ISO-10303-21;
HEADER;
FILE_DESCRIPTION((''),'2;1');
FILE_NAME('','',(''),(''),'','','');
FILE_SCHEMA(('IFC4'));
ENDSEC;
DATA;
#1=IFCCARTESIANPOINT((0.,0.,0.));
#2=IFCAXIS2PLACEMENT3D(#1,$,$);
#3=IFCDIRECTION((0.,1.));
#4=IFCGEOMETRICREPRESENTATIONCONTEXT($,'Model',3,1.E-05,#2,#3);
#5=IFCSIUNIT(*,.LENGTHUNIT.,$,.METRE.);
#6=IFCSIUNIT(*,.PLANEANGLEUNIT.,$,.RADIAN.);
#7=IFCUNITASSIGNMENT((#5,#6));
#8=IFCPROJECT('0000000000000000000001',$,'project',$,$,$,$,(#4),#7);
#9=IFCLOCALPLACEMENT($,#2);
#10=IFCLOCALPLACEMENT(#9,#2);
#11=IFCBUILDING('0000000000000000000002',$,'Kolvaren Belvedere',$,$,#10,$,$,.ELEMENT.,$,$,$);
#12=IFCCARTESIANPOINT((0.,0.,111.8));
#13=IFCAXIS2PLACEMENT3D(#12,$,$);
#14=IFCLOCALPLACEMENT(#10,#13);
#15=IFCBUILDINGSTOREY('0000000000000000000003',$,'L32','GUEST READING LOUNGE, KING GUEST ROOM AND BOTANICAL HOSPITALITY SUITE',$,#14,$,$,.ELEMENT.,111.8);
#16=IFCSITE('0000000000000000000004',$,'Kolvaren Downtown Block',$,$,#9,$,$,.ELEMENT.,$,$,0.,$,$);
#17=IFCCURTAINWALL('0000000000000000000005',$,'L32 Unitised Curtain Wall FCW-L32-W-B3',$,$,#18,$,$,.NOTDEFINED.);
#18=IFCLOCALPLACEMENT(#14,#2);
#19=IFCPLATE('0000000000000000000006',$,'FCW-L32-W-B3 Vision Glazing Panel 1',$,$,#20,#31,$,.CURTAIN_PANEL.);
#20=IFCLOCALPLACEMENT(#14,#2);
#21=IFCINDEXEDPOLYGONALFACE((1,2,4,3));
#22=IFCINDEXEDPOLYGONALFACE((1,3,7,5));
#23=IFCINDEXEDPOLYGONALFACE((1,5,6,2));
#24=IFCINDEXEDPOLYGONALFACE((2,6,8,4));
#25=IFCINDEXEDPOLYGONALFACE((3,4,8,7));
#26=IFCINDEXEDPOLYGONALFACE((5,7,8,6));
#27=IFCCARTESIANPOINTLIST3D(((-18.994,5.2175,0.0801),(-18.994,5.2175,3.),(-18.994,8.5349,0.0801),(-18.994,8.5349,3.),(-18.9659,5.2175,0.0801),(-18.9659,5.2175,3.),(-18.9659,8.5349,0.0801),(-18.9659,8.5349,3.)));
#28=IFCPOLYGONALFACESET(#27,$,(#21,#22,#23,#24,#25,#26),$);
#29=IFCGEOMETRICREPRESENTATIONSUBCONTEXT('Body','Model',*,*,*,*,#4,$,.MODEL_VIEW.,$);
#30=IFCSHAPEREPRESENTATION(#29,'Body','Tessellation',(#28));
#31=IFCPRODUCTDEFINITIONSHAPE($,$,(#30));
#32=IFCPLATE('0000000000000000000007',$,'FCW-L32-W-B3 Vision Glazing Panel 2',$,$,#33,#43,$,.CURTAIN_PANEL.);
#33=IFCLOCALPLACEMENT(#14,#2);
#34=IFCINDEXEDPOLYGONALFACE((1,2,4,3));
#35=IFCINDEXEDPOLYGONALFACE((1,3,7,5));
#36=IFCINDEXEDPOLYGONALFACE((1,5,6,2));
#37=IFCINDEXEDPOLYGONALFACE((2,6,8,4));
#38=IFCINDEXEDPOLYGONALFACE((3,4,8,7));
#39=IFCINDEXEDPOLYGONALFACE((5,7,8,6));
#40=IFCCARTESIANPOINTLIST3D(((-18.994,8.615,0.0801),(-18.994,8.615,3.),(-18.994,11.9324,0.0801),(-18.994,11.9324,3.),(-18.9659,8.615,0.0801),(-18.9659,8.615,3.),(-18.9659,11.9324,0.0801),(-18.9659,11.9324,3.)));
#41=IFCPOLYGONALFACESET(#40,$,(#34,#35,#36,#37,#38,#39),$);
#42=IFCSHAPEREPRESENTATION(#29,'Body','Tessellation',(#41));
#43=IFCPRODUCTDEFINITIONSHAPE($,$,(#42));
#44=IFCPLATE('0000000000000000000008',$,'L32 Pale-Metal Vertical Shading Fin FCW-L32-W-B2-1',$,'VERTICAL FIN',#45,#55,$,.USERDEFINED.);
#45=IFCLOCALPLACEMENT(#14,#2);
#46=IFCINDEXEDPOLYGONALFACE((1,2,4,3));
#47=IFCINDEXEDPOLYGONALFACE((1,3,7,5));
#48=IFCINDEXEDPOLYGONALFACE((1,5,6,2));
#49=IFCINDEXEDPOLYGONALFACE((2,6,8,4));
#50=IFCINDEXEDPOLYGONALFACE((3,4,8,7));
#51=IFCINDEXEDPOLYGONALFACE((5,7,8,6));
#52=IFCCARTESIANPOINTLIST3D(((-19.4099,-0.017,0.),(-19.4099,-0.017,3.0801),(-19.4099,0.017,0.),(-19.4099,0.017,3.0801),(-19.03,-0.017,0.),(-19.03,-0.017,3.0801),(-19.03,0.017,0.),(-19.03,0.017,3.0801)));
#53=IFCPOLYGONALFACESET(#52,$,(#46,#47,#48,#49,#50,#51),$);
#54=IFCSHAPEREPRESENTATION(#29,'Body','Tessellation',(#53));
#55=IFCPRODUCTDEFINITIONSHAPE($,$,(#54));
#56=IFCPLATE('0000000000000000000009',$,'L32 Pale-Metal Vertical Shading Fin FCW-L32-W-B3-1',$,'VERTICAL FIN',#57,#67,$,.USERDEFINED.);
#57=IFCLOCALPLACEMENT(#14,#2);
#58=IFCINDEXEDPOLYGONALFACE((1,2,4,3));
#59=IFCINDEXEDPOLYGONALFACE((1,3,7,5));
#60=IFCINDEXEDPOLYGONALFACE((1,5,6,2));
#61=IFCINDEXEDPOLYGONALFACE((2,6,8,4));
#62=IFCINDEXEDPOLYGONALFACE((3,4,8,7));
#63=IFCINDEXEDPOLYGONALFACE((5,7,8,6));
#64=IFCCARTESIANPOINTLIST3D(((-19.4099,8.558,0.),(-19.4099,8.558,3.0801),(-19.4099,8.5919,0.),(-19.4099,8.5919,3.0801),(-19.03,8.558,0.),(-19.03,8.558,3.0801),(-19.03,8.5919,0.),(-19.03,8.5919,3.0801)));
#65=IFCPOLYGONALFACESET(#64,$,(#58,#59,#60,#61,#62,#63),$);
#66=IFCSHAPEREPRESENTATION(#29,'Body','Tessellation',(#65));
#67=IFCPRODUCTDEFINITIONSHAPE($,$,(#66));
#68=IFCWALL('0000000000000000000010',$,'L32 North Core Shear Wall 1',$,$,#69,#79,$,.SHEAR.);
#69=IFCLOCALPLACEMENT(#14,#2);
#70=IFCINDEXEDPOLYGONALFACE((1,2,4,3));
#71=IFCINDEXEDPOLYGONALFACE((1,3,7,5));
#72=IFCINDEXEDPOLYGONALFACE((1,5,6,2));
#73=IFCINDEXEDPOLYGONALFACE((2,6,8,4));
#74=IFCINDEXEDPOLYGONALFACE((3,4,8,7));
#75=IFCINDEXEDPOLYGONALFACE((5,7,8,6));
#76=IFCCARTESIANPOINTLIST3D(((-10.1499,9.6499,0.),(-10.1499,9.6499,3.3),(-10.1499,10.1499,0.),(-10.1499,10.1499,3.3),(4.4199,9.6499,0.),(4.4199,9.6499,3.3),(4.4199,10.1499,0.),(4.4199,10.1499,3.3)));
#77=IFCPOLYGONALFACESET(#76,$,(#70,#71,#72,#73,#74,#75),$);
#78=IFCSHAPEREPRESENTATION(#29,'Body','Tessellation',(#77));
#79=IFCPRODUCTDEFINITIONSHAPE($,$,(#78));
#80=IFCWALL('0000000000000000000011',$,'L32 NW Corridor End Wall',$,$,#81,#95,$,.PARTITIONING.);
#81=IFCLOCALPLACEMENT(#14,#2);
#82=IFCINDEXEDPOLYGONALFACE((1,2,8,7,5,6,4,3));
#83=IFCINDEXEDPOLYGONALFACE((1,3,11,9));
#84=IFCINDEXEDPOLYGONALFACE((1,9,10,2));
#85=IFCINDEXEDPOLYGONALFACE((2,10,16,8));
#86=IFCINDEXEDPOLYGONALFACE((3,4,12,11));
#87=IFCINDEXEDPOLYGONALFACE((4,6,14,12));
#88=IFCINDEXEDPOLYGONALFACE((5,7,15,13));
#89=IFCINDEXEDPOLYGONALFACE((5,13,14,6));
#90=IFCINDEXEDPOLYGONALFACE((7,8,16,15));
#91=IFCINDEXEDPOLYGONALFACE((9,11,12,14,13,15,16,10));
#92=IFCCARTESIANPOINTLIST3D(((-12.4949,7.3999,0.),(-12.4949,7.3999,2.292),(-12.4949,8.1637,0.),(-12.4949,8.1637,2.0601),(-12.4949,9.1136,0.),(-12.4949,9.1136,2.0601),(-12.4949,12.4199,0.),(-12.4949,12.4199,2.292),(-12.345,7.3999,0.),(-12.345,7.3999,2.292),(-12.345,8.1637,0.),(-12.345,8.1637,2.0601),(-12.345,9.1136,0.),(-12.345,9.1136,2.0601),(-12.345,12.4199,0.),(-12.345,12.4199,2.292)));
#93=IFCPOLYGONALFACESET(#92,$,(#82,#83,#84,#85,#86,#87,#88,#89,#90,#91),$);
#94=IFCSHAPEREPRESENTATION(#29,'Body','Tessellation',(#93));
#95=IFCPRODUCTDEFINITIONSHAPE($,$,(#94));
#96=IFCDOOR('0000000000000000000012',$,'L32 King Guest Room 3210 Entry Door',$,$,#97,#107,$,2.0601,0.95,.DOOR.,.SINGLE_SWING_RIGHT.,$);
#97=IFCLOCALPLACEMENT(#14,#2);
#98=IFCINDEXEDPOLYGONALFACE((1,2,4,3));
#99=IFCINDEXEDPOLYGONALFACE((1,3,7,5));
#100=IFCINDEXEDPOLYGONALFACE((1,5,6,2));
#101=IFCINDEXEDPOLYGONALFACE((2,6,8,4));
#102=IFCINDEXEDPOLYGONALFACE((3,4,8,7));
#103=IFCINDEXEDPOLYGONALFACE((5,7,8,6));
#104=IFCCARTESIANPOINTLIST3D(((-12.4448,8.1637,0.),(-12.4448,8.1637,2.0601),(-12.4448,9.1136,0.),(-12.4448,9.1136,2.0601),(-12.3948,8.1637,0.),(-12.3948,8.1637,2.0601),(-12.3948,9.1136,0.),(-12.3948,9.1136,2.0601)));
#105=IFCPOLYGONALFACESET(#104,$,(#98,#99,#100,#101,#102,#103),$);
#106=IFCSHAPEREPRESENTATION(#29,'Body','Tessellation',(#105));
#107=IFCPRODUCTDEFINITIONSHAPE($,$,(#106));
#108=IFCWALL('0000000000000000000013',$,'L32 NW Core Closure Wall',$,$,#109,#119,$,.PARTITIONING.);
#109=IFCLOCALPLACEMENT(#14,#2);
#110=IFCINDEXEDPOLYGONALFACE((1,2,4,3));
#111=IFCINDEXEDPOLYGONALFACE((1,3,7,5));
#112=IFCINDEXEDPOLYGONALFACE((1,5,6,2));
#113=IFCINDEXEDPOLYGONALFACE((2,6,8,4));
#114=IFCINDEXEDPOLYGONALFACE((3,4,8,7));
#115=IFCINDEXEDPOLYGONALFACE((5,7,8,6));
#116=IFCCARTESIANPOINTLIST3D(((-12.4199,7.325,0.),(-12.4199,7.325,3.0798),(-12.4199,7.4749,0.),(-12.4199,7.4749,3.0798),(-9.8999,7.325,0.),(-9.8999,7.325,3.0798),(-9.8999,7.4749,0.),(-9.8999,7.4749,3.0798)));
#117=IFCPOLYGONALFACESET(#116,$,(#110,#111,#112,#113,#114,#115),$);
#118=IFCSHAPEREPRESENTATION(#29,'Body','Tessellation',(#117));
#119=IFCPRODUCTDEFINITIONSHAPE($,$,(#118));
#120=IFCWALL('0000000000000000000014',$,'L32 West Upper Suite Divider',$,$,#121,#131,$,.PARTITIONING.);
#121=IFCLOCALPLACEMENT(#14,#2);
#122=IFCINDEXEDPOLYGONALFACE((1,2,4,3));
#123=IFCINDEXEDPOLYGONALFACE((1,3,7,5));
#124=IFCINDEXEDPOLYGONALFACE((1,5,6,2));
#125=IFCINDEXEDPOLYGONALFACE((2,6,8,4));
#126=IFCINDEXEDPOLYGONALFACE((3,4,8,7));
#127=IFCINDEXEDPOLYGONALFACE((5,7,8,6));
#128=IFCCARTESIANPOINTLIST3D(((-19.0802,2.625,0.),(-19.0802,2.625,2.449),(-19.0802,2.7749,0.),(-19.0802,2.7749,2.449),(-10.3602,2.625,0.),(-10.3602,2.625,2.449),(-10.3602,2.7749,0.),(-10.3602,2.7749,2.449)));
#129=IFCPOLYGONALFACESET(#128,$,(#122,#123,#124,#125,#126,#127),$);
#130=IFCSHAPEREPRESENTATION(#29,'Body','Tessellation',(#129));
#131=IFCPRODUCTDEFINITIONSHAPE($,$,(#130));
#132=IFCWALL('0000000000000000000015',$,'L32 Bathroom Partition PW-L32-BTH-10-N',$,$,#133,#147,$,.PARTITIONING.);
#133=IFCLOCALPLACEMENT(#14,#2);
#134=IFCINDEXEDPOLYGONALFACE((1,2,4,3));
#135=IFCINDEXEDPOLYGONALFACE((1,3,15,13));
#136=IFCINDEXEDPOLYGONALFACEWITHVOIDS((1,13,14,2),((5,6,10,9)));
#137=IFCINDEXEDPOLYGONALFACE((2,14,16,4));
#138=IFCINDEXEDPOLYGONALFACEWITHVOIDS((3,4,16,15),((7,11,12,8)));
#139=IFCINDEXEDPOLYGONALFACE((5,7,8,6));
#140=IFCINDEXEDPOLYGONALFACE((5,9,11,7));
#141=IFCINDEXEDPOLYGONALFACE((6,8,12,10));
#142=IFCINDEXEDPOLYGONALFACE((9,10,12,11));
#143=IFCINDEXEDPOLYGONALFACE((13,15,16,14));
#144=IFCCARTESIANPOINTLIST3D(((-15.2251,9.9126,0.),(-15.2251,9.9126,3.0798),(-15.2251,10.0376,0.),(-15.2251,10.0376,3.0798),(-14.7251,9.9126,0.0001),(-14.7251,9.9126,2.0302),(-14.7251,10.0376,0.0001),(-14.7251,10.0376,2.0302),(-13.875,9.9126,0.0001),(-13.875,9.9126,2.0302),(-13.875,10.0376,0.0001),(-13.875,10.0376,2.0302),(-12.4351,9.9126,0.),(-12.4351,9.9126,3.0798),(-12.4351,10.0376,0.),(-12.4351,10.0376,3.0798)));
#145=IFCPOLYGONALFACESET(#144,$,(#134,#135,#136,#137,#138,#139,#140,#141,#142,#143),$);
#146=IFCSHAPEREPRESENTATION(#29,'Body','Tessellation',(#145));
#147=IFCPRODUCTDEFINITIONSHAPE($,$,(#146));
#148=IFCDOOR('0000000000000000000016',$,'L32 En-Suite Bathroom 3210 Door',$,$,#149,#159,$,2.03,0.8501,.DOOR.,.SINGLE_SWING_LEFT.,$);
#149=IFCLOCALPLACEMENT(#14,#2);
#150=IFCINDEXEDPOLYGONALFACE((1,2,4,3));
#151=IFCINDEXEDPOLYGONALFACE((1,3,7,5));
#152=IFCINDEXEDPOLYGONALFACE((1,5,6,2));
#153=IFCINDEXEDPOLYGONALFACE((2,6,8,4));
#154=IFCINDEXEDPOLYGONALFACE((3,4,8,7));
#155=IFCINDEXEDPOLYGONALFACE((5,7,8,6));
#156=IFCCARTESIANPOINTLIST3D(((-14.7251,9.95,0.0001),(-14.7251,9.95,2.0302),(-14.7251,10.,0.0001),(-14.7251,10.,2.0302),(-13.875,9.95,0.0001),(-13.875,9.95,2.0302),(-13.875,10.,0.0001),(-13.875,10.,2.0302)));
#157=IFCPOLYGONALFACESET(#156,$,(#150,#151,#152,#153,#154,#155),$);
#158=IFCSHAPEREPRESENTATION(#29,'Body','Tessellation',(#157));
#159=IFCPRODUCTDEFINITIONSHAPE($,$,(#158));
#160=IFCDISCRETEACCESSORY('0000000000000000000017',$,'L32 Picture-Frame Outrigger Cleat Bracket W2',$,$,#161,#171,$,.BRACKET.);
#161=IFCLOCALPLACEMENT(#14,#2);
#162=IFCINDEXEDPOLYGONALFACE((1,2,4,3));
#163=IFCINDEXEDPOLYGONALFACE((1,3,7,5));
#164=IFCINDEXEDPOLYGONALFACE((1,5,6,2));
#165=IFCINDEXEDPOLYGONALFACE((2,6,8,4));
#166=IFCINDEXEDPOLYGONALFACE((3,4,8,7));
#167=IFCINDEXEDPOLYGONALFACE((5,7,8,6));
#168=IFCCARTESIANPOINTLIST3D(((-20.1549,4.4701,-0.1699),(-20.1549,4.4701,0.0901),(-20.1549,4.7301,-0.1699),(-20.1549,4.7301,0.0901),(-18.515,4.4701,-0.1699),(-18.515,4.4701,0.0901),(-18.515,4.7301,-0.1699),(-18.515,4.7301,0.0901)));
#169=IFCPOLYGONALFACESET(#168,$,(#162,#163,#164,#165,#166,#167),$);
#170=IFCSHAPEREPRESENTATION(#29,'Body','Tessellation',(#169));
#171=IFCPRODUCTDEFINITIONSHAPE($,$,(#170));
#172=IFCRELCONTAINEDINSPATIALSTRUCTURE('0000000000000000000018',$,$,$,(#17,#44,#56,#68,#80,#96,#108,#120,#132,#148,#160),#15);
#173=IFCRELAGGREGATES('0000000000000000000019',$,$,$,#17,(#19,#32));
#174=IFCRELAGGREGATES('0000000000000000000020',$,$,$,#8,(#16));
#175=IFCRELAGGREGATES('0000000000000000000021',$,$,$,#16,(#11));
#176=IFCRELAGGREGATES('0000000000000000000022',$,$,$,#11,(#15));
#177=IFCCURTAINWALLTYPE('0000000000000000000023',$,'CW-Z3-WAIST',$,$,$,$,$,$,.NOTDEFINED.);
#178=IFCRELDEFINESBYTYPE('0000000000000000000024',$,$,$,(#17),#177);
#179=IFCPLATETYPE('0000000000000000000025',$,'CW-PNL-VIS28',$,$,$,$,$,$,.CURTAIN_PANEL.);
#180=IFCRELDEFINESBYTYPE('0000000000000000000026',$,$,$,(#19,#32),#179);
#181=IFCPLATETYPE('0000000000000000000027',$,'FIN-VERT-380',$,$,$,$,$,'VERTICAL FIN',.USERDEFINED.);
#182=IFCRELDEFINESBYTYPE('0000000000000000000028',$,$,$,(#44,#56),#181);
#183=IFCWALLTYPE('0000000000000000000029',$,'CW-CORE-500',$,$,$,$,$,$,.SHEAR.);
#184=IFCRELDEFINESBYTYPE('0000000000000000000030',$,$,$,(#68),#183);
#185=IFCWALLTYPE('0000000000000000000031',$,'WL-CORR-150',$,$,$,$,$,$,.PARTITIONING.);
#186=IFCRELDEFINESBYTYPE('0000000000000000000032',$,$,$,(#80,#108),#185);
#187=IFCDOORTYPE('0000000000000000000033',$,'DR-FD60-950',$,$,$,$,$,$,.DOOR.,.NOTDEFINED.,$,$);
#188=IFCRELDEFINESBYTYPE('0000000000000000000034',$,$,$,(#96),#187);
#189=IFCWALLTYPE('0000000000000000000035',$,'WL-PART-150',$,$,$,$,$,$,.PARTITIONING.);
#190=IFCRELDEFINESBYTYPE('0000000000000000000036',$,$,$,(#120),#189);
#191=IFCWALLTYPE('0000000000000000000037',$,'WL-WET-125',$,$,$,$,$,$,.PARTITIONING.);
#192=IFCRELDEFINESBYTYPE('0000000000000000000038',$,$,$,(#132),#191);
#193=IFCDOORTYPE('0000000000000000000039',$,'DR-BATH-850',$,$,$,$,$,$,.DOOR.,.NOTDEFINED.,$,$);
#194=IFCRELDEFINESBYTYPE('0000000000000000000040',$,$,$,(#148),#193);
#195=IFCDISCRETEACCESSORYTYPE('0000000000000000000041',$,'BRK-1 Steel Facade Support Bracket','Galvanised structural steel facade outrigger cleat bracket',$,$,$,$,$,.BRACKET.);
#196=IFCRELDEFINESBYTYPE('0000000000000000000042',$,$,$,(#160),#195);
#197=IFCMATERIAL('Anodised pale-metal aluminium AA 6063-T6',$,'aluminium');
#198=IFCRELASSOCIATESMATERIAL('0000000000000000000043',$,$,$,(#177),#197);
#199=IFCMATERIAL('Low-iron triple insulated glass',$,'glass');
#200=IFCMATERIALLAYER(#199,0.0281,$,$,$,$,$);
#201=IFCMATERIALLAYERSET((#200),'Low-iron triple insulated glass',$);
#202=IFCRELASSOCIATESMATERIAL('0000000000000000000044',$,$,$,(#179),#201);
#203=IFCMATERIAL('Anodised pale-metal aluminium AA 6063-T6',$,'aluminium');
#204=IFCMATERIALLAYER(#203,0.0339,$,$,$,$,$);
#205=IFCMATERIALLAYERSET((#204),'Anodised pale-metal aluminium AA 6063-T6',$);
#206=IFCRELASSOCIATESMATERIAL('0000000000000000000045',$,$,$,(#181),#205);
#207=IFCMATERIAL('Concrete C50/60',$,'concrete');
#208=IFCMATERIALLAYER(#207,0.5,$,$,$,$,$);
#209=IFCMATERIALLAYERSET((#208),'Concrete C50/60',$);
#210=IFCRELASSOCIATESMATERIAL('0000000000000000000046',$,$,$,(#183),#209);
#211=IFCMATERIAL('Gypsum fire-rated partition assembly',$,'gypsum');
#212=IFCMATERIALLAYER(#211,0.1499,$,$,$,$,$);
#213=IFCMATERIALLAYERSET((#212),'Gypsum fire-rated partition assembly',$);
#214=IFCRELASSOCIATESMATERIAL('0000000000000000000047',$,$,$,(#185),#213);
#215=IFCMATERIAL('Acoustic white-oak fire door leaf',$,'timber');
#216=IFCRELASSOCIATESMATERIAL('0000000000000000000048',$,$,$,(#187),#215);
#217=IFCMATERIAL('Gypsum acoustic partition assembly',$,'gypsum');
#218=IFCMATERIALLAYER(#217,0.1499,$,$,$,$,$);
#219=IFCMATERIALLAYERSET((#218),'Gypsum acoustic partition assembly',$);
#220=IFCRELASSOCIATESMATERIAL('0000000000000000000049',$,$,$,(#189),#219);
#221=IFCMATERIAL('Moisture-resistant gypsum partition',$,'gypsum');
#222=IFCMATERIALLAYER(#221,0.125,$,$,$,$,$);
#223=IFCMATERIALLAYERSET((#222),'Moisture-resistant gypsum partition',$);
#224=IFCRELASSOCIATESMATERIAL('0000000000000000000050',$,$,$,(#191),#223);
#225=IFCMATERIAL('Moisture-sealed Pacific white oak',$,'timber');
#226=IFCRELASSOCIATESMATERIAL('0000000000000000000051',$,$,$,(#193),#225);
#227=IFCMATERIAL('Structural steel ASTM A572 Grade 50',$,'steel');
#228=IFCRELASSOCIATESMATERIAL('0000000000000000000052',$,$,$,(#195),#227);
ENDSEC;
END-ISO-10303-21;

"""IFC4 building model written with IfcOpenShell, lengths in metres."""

from ifc_helpers import new_model, si_unit, direction, frame, frame_2d, origin, origin_2d, place, context, subcontext, project, spatial, rectangle, extrude, material, layer, layer_set, type_object, element, fill, aggregate, save


model = new_model("IFC4")

# Units and contexts
model_context = context("Model", 3, precision=1e-05, world=origin(), true_north=direction((0.0, 1.0)))
body_context = subcontext(model_context, "Body", "Model", "MODEL_VIEW")
ifc_project = project(units=[si_unit("LENGTHUNIT", "METRE"), si_unit("PLANEANGLEUNIT", "RADIAN")], contexts=[model_context])

# Site, building, storey
site_placement = place(None, origin())
site = spatial("IfcSite", under=ifc_project, at=site_placement, Name="Kolvaren Downtown Block", CompositionType="ELEMENT", RefElevation=0.0)
building_placement = place(site_placement, origin())
building = spatial("IfcBuilding", under=site, at=building_placement, Name="Kolvaren Belvedere", CompositionType="ELEMENT")
storey_placement = place(building_placement, frame((0.0, 0.0, 111.8)))
storey = spatial("IfcBuildingStorey", under=building, at=storey_placement, Name="L32", Description="GUEST READING LOUNGE, KING GUEST ROOM AND BOTANICAL HOSPITALITY SUITE", CompositionType="ELEMENT", Elevation=111.8)

# Curtain wall
ifc_material_1 = material(Name="Anodised pale-metal aluminium AA 6063-T6", Category="aluminium")
curtain_wall_type = type_object("IfcCurtainWallType", Name="CW-Z3-WAIST", PredefinedType="NOTDEFINED", material=ifc_material_1)
curtain_wall_1_placement = place(storey_placement, origin())
curtain_wall_1 = element("IfcCurtainWall", 1, at=curtain_wall_1_placement, inside=storey, type_object=curtain_wall_type, Name="L32 Unitised Curtain Wall FCW-L32-W-B3", PredefinedType="NOTDEFINED")

# Plates
ifc_material_2 = material(Name="Low-iron triple insulated glass", Category="glass")
ifc_layer_1 = layer(ifc_material_2, 0.0281)
ifc_layer_set_1 = layer_set([ifc_layer_1], Name="Low-iron triple insulated glass")
plate_type_1 = type_object("IfcPlateType", Name="CW-PNL-VIS28", PredefinedType="CURTAIN_PANEL", material=ifc_layer_set_1)
plate_1_placement = place(storey_placement, frame((-18.98, 6.8762, 0.0801), z_axis=(0.0, 0.0, 1.0), x_axis=(0.0, 1.0, 0.0)))
plate_1 = element("IfcPlate", 2, at=plate_1_placement, type_object=plate_type_1, Name="FCW-L32-W-B3 Vision Glazing Panel 1", PredefinedType="CURTAIN_PANEL", context=body_context, shape_type="SweptSolid", body=[
    extrude(rectangle(XDim=3.3174, YDim=0.0281, at=origin_2d()), origin(), (0.0, 0.0, 1.0), 2.9199),
])
plate_2_placement = place(storey_placement, frame((-18.98, 10.2737, 0.0801), z_axis=(0.0, 0.0, 1.0), x_axis=(0.0, 1.0, 0.0)))
plate_2 = element("IfcPlate", 3, at=plate_2_placement, type_object=plate_type_1, Name="FCW-L32-W-B3 Vision Glazing Panel 2", PredefinedType="CURTAIN_PANEL", context=body_context, shape_type="SweptSolid", body=[
    extrude(rectangle(XDim=3.3174, YDim=0.0281, at=origin_2d()), origin(), (0.0, 0.0, 1.0), 2.9199),
])
aggregate(curtain_wall_1, [plate_1, plate_2])

# Plates
ifc_material_3 = material(Name="Anodised pale-metal aluminium AA 6063-T6", Category="aluminium")
ifc_layer_2 = layer(ifc_material_3, 0.0339)
ifc_layer_set_2 = layer_set([ifc_layer_2], Name="Anodised pale-metal aluminium AA 6063-T6")
plate_type_2 = type_object("IfcPlateType", Name="FIN-VERT-380", ElementType="VERTICAL FIN", PredefinedType="USERDEFINED", material=ifc_layer_set_2)
for number, where, z_axis, x_axis, name in (
    (4, (-19.22, 0.0, 0.0), (0.0, 0.0, 1.0), (1.0, 0.0, 0.0), "L32 Pale-Metal Vertical Shading Fin FCW-L32-W-B2-1"),
    (5, (-19.22, 8.575, 0.0), (0.0, 0.0, 1.0), (1.0, 0.0, 0.0), "L32 Pale-Metal Vertical Shading Fin FCW-L32-W-B3-1"),
):
    element("IfcPlate", number, at=place(storey_placement, frame(where, z_axis=z_axis, x_axis=x_axis)), inside=storey, type_object=plate_type_2, Name=name, ObjectType="VERTICAL FIN", PredefinedType="USERDEFINED", context=body_context, shape_type="SweptSolid", body=[
        extrude(rectangle(XDim=0.3799, YDim=0.0339, at=origin_2d()), origin(), (0.0, 0.0, 1.0), 3.0801),
    ])

# Wall
ifc_material_4 = material(Name="Concrete C50/60", Category="concrete")
ifc_layer_3 = layer(ifc_material_4, 0.5)
ifc_layer_set_3 = layer_set([ifc_layer_3], Name="Concrete C50/60")
wall_type_1 = type_object("IfcWallType", Name="CW-CORE-500", PredefinedType="SHEAR", material=ifc_layer_set_3)
wall_1_placement = place(storey_placement, frame((-10.1499, 9.8999, 0.0), z_axis=(0.0, 0.0, 1.0), x_axis=(1.0, 0.0, 0.0)))
element("IfcWall", 6, at=wall_1_placement, inside=storey, type_object=wall_type_1, Name="L32 North Core Shear Wall 1", PredefinedType="SHEAR", context=body_context, shape_type="SweptSolid", body=[
    extrude(rectangle(XDim=14.5698, YDim=0.5, at=frame_2d((7.2849, 0.0))), origin(), (0.0, 0.0, 1.0), 3.3),
])

# Wall, opening, door
ifc_material_5 = material(Name="Gypsum fire-rated partition assembly", Category="gypsum")
ifc_layer_4 = layer(ifc_material_5, 0.1499)
ifc_layer_set_4 = layer_set([ifc_layer_4], Name="Gypsum fire-rated partition assembly")
wall_type_2 = type_object("IfcWallType", Name="WL-CORR-150", PredefinedType="PARTITIONING", material=ifc_layer_set_4)
wall_2_placement = place(storey_placement, frame((-12.4199, 7.3999, 0.0), z_axis=(0.0, 0.0, 1.0), x_axis=(0.0, 1.0, 0.0)))
wall_2 = element("IfcWall", 7, at=wall_2_placement, inside=storey, type_object=wall_type_2, Name="L32 NW Corridor End Wall", PredefinedType="PARTITIONING", context=body_context, shape_type="SweptSolid", body=[
    extrude(rectangle(XDim=5.02, YDim=0.1499, at=frame_2d((2.51, 0.0))), origin(), (0.0, 0.0, 1.0), 2.292),
])
opening_1_placement = place(wall_2_placement, frame((0.7637, 0.0, 0.0)))
opening_1 = element("IfcOpeningElement", 8, at=opening_1_placement, cuts=wall_2, PredefinedType="OPENING", context=body_context, shape_type="SweptSolid", body=[
    extrude(rectangle(XDim=0.95, YDim=2.0601, at=frame_2d((0.4751, 1.03))), frame((0.0, 0.085, 0.0), z_axis=(0.0, -1.0, 0.0), x_axis=(1.0, 0.0, 0.0)), (0.0, 0.0, 1.0), 0.1699),
])
ifc_material_6 = material(Name="Acoustic white-oak fire door leaf", Category="timber")
door_type_1 = type_object("IfcDoorType", Name="DR-FD60-950", OperationType="NOTDEFINED", PredefinedType="DOOR", material=ifc_material_6)
door_1_placement = place(opening_1_placement, origin())
door_1 = element("IfcDoor", 9, at=door_1_placement, inside=storey, type_object=door_type_1, Name="L32 King Guest Room 3210 Entry Door", OperationType="SINGLE_SWING_RIGHT", OverallHeight=2.0601, OverallWidth=0.95, PredefinedType="DOOR", context=body_context, shape_type="SweptSolid", body=[
    extrude(rectangle(XDim=0.95, YDim=2.0601, at=frame_2d((0.4751, 1.03))), frame((0.0, 0.0249, 0.0), z_axis=(0.0, -1.0, 0.0), x_axis=(1.0, 0.0, 0.0)), (0.0, 0.0, 1.0), 0.05),
])
fill(opening_1, door_1)

# Walls
wall_3_placement = place(storey_placement, frame((-12.4199, 7.3999, 0.0), z_axis=(0.0, 0.0, 1.0), x_axis=(1.0, 0.0, 0.0)))
element("IfcWall", 10, at=wall_3_placement, inside=storey, type_object=wall_type_2, Name="L32 NW Core Closure Wall", PredefinedType="PARTITIONING", context=body_context, shape_type="SweptSolid", body=[
    extrude(rectangle(XDim=2.52, YDim=0.1499, at=frame_2d((1.26, 0.0))), origin(), (0.0, 0.0, 1.0), 3.0798),
])
ifc_material_7 = material(Name="Gypsum acoustic partition assembly", Category="gypsum")
ifc_layer_5 = layer(ifc_material_7, 0.1499)
ifc_layer_set_5 = layer_set([ifc_layer_5], Name="Gypsum acoustic partition assembly")
wall_type_3 = type_object("IfcWallType", Name="WL-PART-150", PredefinedType="PARTITIONING", material=ifc_layer_set_5)
wall_4_placement = place(storey_placement, frame((-19.0801, 2.7, 0.0), z_axis=(0.0, 0.0, 1.0), x_axis=(1.0, 0.0, 0.0)))
element("IfcWall", 11, at=wall_4_placement, inside=storey, type_object=wall_type_3, Name="L32 West Upper Suite Divider", PredefinedType="PARTITIONING", context=body_context, shape_type="SweptSolid", body=[
    extrude(rectangle(XDim=8.72, YDim=0.1499, at=frame_2d((4.3599, 0.0))), origin(), (0.0, 0.0, 1.0), 2.449),
])

# Wall, opening, door
ifc_material_8 = material(Name="Moisture-resistant gypsum partition", Category="gypsum")
ifc_layer_6 = layer(ifc_material_8, 0.125)
ifc_layer_set_6 = layer_set([ifc_layer_6], Name="Moisture-resistant gypsum partition")
wall_type_4 = type_object("IfcWallType", Name="WL-WET-125", PredefinedType="PARTITIONING", material=ifc_layer_set_6)
wall_5_placement = place(storey_placement, frame((-15.2251, 9.9751, 0.0), z_axis=(0.0, 0.0, 1.0), x_axis=(1.0, 0.0, 0.0)))
wall_5 = element("IfcWall", 12, at=wall_5_placement, inside=storey, type_object=wall_type_4, Name="L32 Bathroom Partition PW-L32-BTH-10-N", PredefinedType="PARTITIONING", context=body_context, shape_type="SweptSolid", body=[
    extrude(rectangle(XDim=2.79, YDim=0.125, at=frame_2d((1.395, 0.0))), origin(), (0.0, 0.0, 1.0), 3.0798),
])
opening_2_placement = place(wall_5_placement, frame((0.5, 0.0, 0.0)))
opening_2 = element("IfcOpeningElement", 13, at=opening_2_placement, cuts=wall_5, PredefinedType="OPENING", context=body_context, shape_type="SweptSolid", body=[
    extrude(rectangle(XDim=0.8501, YDim=2.03, at=frame_2d((0.425, 1.0151))), frame((0.0, 0.0725, 0.0), z_axis=(0.0, -1.0, 0.0), x_axis=(1.0, 0.0, 0.0)), (0.0, 0.0, 1.0), 0.145),
])
ifc_material_9 = material(Name="Moisture-sealed Pacific white oak", Category="timber")
door_type_2 = type_object("IfcDoorType", Name="DR-BATH-850", OperationType="NOTDEFINED", PredefinedType="DOOR", material=ifc_material_9)
door_2_placement = place(opening_2_placement, origin())
door_2 = element("IfcDoor", 14, at=door_2_placement, inside=storey, type_object=door_type_2, Name="L32 En-Suite Bathroom 3210 Door", OperationType="SINGLE_SWING_LEFT", OverallHeight=2.03, OverallWidth=0.8501, PredefinedType="DOOR", context=body_context, shape_type="SweptSolid", body=[
    extrude(rectangle(XDim=0.8501, YDim=2.03, at=frame_2d((0.425, 1.0151))), frame((0.0, 0.0249, 0.0), z_axis=(0.0, -1.0, 0.0), x_axis=(1.0, 0.0, 0.0)), (0.0, 0.0, 1.0), 0.05),
])
fill(opening_2, door_2)

# Discrete accessory
ifc_material_10 = material(Name="Structural steel ASTM A572 Grade 50", Category="steel")
discrete_accessory_type = type_object("IfcDiscreteAccessoryType", Name="BRK-1 Steel Facade Support Bracket", Description="Galvanised structural steel facade outrigger cleat bracket", PredefinedType="BRACKET", material=ifc_material_10)
discrete_accessory_placement = place(storey_placement, frame((-19.335, 4.6001, -0.1699), z_axis=(0.0, 0.0, 1.0), x_axis=(1.0, 0.0, 0.0)))
element("IfcDiscreteAccessory", 15, at=discrete_accessory_placement, inside=storey, type_object=discrete_accessory_type, Name="L32 Picture-Frame Outrigger Cleat Bracket W2", PredefinedType="BRACKET", context=body_context, shape_type="SweptSolid", body=[
    extrude(rectangle(XDim=1.6399, YDim=0.26, at=origin_2d()), origin(), (0.0, 0.0, 1.0), 0.26),
])

save(model, "model.ifc")
